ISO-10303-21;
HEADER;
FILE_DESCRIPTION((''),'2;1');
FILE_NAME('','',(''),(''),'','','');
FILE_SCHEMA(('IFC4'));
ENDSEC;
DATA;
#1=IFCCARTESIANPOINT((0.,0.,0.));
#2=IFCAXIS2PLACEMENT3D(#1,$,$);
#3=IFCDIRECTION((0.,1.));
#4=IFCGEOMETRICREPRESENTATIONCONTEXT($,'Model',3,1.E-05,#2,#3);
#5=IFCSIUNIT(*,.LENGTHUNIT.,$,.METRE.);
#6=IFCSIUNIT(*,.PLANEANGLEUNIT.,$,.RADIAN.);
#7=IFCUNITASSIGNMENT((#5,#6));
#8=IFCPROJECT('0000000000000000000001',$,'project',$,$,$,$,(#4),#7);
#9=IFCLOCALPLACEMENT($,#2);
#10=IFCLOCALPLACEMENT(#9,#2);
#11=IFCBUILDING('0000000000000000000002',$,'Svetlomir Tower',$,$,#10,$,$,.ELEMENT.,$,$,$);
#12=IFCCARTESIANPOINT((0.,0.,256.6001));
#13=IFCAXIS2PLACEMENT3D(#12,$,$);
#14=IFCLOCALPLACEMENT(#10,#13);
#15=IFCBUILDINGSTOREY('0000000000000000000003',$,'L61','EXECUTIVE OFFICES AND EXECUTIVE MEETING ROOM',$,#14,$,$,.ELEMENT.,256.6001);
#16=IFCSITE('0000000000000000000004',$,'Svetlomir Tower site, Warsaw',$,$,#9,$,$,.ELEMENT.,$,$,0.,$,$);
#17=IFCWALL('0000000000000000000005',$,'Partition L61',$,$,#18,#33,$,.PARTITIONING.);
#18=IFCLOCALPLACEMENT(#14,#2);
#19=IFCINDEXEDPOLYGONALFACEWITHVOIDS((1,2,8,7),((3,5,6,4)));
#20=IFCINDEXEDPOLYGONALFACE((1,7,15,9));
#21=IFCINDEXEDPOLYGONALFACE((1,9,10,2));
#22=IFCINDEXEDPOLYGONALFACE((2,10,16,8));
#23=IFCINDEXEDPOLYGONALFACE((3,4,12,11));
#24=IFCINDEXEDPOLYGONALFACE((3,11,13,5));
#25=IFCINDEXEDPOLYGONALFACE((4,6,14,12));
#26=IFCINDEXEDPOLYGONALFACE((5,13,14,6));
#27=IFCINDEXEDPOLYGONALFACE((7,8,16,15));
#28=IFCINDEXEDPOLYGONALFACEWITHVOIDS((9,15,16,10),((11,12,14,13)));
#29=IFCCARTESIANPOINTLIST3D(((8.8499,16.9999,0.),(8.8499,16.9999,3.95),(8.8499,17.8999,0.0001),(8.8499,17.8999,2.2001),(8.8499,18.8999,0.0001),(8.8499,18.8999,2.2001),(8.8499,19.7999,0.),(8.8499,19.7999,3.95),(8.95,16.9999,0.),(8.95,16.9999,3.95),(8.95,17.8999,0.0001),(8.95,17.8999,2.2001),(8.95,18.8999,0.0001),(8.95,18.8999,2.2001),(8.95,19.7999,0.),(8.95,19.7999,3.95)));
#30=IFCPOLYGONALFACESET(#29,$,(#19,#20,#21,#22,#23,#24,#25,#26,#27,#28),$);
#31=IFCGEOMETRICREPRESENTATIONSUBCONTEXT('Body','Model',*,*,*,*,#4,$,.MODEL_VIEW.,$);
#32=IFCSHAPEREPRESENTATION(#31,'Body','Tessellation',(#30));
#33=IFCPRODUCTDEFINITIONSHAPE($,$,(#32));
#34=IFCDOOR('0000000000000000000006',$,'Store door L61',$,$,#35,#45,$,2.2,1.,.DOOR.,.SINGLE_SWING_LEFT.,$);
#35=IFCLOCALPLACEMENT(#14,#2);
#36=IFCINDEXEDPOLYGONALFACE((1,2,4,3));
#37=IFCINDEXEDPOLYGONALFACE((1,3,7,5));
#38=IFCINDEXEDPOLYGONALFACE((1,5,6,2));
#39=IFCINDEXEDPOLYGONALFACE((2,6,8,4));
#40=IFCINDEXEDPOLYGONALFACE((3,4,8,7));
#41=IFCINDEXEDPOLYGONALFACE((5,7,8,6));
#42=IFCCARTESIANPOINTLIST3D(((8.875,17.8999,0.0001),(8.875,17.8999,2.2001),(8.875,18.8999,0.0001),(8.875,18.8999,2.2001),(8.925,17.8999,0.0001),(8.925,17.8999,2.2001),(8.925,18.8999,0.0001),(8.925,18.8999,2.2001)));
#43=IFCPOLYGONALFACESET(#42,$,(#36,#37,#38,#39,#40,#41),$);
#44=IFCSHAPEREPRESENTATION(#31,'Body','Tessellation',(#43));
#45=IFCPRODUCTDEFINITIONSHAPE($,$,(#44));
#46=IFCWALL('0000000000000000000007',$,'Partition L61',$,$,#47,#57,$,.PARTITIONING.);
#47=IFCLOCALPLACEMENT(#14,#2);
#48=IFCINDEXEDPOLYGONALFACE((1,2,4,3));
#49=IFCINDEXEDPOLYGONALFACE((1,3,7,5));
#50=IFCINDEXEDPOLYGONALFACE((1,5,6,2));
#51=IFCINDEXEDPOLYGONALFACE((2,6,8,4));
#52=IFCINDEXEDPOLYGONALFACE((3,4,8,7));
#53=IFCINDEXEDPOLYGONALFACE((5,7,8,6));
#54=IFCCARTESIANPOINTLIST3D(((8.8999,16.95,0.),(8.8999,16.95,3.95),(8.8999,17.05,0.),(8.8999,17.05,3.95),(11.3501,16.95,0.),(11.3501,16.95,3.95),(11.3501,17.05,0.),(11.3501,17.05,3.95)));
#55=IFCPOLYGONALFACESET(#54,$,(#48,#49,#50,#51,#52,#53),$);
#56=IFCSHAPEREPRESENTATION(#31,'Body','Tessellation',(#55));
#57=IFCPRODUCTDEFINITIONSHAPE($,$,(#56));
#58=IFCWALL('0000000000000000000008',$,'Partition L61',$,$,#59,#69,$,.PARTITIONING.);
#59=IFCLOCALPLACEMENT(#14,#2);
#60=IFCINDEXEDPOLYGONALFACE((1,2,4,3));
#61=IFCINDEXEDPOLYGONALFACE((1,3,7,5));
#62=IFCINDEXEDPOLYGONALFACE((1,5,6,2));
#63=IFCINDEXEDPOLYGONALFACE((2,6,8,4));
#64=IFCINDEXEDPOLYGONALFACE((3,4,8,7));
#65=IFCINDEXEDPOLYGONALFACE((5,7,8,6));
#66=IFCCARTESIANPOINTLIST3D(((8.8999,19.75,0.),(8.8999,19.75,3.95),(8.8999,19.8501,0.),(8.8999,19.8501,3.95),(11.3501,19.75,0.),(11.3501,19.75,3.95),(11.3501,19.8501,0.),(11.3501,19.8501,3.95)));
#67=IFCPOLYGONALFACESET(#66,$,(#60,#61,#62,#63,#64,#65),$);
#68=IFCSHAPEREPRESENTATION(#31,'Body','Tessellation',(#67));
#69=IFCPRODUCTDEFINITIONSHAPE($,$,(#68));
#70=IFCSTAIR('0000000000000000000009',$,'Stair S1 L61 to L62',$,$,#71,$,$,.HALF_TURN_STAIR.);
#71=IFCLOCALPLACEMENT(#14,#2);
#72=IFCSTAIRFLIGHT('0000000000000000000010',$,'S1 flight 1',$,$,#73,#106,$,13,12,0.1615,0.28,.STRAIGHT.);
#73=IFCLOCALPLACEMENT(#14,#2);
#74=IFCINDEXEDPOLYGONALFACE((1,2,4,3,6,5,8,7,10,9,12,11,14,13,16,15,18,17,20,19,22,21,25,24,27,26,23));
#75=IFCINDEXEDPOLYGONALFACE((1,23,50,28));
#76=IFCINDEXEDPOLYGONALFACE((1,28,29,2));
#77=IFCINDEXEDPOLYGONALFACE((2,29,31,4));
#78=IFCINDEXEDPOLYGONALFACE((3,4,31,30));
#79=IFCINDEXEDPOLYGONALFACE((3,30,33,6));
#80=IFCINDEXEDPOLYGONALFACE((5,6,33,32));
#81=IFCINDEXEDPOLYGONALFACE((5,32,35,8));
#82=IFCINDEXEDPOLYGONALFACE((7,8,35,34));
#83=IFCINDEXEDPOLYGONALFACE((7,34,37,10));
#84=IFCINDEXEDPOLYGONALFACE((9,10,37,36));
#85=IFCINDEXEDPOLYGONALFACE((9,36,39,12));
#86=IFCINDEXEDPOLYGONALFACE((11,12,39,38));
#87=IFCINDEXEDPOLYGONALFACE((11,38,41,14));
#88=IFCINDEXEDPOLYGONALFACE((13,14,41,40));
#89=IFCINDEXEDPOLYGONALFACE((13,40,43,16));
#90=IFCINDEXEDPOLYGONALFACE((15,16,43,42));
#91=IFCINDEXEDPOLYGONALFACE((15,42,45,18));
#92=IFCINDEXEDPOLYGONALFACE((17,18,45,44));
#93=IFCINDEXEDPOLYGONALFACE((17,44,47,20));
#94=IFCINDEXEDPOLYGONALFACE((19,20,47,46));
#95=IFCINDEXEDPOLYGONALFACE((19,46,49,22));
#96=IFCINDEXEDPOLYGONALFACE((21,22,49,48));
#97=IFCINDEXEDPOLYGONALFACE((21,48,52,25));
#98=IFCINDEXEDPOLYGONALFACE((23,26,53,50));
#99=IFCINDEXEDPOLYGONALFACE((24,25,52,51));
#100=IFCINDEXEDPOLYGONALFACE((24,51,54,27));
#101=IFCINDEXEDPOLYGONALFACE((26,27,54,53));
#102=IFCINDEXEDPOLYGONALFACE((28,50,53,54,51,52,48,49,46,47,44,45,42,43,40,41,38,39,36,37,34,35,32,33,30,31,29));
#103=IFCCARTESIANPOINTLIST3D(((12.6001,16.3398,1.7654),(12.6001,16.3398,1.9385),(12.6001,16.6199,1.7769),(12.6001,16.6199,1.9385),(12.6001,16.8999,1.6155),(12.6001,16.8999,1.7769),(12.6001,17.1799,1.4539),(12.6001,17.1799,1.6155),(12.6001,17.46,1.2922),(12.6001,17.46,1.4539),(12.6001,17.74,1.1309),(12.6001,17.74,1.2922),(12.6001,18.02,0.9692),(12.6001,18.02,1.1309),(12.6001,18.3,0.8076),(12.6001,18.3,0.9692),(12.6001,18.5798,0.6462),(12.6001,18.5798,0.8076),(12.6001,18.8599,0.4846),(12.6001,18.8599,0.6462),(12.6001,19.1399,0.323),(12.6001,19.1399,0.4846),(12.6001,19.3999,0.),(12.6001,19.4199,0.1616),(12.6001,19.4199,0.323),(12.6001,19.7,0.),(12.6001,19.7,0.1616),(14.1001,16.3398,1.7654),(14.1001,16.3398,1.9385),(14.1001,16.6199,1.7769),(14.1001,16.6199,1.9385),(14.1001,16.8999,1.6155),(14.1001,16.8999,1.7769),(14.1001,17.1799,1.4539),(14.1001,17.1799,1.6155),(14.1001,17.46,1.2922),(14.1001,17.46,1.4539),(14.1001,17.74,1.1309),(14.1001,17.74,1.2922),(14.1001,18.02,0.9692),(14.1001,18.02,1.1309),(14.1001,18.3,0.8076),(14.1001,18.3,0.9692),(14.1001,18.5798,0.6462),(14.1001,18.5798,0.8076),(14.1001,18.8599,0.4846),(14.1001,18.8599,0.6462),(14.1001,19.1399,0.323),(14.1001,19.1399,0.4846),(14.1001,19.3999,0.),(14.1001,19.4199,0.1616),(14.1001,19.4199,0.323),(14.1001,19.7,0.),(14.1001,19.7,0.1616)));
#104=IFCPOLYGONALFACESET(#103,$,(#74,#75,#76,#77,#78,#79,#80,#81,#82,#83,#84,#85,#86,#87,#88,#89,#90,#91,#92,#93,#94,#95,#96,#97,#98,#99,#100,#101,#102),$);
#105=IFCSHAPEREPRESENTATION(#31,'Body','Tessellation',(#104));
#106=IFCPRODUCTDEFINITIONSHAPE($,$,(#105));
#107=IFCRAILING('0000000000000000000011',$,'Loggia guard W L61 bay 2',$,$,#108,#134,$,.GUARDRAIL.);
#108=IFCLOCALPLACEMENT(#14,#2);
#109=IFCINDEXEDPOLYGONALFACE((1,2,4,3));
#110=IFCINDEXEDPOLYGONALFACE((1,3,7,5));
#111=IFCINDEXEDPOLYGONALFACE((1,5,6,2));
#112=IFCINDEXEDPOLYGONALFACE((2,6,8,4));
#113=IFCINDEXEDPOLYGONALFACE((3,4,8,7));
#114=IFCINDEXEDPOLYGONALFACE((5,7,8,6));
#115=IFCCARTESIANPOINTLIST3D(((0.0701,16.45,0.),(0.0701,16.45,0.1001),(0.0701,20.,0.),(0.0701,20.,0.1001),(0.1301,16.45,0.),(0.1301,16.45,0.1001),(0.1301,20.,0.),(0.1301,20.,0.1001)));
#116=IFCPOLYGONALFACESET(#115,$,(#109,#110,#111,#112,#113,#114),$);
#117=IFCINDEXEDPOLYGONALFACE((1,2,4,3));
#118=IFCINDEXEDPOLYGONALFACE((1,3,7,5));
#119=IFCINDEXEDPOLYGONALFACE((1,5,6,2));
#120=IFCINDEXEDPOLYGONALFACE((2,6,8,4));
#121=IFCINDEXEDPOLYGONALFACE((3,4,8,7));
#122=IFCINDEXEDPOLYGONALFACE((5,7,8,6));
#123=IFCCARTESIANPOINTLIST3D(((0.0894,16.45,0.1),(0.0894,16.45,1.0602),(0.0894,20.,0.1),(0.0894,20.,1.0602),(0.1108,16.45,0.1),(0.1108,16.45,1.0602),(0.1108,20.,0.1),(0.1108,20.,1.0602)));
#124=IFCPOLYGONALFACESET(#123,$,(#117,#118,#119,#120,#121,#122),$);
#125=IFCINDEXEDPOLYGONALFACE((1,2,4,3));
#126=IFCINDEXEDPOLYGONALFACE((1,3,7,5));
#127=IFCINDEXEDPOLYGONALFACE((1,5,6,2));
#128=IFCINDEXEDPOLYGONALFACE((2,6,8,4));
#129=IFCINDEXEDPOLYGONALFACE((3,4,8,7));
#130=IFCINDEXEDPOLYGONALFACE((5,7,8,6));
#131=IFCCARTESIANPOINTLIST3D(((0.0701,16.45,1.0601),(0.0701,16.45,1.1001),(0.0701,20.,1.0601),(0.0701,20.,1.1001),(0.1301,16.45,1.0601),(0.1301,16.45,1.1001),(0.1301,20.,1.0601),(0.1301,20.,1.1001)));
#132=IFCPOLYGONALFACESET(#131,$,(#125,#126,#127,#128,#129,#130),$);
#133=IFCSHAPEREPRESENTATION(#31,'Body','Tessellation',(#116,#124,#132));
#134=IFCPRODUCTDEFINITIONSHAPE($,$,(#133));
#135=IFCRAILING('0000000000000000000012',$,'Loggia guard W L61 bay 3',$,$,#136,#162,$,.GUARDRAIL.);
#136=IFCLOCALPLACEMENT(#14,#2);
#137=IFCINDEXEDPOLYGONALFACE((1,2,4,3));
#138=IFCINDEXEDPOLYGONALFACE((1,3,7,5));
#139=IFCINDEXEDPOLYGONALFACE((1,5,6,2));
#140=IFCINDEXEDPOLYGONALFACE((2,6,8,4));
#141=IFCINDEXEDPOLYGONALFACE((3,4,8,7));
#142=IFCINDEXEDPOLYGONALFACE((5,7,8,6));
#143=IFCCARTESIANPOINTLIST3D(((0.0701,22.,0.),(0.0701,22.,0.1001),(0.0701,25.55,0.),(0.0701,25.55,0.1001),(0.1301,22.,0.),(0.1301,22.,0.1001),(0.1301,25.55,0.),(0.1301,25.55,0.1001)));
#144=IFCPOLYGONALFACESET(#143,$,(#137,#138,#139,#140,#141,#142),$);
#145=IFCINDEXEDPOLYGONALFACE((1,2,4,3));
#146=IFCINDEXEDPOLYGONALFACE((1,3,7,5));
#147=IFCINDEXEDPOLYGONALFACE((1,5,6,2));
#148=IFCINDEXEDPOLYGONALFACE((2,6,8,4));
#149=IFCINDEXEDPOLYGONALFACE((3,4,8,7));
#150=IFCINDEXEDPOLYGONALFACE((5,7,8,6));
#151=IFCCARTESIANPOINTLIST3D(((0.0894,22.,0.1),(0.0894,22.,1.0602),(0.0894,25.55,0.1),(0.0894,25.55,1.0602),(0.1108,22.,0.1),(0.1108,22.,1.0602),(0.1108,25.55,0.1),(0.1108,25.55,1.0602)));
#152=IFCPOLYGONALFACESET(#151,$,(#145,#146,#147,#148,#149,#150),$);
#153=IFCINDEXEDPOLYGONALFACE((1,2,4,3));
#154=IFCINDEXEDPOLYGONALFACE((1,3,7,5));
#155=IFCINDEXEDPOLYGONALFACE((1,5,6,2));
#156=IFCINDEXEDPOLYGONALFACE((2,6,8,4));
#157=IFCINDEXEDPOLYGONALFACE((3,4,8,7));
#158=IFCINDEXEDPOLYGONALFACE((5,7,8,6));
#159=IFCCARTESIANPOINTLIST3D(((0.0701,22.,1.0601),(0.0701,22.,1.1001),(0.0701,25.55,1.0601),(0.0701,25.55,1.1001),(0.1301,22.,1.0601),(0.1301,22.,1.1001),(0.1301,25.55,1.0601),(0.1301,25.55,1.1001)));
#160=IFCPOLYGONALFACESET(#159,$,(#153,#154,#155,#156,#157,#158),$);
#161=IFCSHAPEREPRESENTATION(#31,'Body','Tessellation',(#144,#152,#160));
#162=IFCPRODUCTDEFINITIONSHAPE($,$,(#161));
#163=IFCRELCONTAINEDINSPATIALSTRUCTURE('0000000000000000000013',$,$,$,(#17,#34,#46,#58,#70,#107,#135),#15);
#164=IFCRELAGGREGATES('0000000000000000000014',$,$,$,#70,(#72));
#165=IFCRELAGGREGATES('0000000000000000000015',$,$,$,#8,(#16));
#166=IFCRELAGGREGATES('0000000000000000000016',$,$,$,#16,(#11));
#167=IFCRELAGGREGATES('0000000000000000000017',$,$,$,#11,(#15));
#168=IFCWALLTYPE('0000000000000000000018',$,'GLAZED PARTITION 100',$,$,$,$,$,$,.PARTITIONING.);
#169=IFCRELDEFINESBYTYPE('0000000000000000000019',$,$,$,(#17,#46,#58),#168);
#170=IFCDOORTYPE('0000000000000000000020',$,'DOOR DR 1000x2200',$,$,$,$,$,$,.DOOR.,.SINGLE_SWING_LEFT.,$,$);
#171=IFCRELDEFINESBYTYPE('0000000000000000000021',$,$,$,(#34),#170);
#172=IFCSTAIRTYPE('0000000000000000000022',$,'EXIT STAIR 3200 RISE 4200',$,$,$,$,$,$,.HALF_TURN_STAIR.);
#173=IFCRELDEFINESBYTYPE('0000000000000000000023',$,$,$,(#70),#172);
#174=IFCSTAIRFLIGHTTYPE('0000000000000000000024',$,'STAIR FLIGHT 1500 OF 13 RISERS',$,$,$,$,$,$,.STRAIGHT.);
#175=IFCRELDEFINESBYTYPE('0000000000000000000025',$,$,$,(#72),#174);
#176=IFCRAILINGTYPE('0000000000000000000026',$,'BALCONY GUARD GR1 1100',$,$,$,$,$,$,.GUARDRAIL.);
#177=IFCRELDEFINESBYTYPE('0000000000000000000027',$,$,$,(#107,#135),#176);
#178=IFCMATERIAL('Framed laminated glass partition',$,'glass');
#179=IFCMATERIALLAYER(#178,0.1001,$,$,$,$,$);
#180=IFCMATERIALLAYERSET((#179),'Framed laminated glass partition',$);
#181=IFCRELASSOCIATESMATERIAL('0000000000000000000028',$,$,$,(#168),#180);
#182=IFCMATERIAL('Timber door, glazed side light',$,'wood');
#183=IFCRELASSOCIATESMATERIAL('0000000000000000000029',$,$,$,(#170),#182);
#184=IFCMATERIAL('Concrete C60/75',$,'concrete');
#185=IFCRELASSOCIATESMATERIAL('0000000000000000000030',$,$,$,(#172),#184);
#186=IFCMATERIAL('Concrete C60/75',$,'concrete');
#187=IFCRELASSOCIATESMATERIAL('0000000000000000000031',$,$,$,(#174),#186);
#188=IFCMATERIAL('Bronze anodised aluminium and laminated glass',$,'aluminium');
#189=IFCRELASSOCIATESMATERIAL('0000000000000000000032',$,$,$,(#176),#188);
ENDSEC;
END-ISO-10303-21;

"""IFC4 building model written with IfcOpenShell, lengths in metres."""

from ifc_helpers import new_model, si_unit, direction, frame, frame_2d, origin, origin_2d, place, context, subcontext, project, spatial, polyline, rectangle, outline, extrude, material, layer, layer_set, type_object, element, fill, aggregate, save


model = new_model("IFC4")

# Units and contexts
model_context = context("Model", 3, precision=1e-05, world=origin(), true_north=direction((0.0, 1.0)))
body_context = subcontext(model_context, "Body", "Model", "MODEL_VIEW")
ifc_project = project(units=[si_unit("LENGTHUNIT", "METRE"), si_unit("PLANEANGLEUNIT", "RADIAN")], contexts=[model_context])

# Site, building, storey
site_placement = place(None, origin())
site = spatial("IfcSite", under=ifc_project, at=site_placement, Name="Svetlomir Tower site, Warsaw", CompositionType="ELEMENT", RefElevation=0.0)
building_placement = place(site_placement, origin())
building = spatial("IfcBuilding", under=site, at=building_placement, Name="Svetlomir Tower", CompositionType="ELEMENT")
storey_placement = place(building_placement, frame((0.0, 0.0, 256.6001)))
storey = spatial("IfcBuildingStorey", under=building, at=storey_placement, Name="L61", Description="EXECUTIVE OFFICES AND EXECUTIVE MEETING ROOM", CompositionType="ELEMENT", Elevation=256.6001)

# Shared definitions
ifc_material_1 = material(Name="Framed laminated glass partition", Category="glass")
ifc_layer_1 = layer(ifc_material_1, 0.1001)
ifc_layer_set_1 = layer_set([ifc_layer_1], Name="Framed laminated glass partition")
wall_type_1 = type_object("IfcWallType", Name="GLAZED PARTITION 100", PredefinedType="PARTITIONING", material=ifc_layer_set_1)

# Wall, opening, door
wall_1_placement = place(storey_placement, frame((8.8999, 17.0, 0.0), z_axis=(0.0, 0.0, 1.0), x_axis=(0.0, 1.0, 0.0)))
wall_1 = element("IfcWall", 1, at=wall_1_placement, inside=storey, type_object=wall_type_1, Name="Partition L61", PredefinedType="PARTITIONING", context=body_context, shape_type="SweptSolid", body=[
    extrude(rectangle(XDim=2.8, YDim=0.1001, at=frame_2d((1.3999, 0.0))), origin(), (0.0, 0.0, 1.0), 3.95),
])
opening_1_placement = place(wall_1_placement, frame((0.8999, 0.0, 0.0)))
opening_1 = element("IfcOpeningElement", 2, at=opening_1_placement, cuts=wall_1, PredefinedType="OPENING", context=body_context, shape_type="SweptSolid", body=[
    extrude(rectangle(XDim=1.0, YDim=2.2, at=frame_2d((0.5, 1.1001))), frame((0.0, 0.0601, 0.0), z_axis=(0.0, -1.0, 0.0), x_axis=(1.0, 0.0, 0.0)), (0.0, 0.0, 1.0), 0.1201),
])
ifc_material_2 = material(Name="Timber door, glazed side light", Category="wood")
door_type_1 = type_object("IfcDoorType", Name="DOOR DR 1000x2200", OperationType="SINGLE_SWING_LEFT", PredefinedType="DOOR", material=ifc_material_2)
door_1_placement = place(opening_1_placement, origin())
door_1 = element("IfcDoor", 3, at=door_1_placement, inside=storey, type_object=door_type_1, Name="Store door L61", OperationType="SINGLE_SWING_LEFT", OverallHeight=2.2, OverallWidth=1.0, PredefinedType="DOOR", context=body_context, shape_type="SweptSolid", body=[
    extrude(rectangle(XDim=1.0, YDim=2.2, at=frame_2d((0.5, 1.1001))), frame((0.0, 0.0249, 0.0), z_axis=(0.0, -1.0, 0.0), x_axis=(1.0, 0.0, 0.0)), (0.0, 0.0, 1.0), 0.05),
])
fill(opening_1, door_1)

# Walls
for number, where, z_axis, x_axis, name in (
    (4, (8.8999, 17.0, 0.0), (0.0, 0.0, 1.0), (1.0, 0.0, 0.0), "Partition L61"),
    (5, (8.8999, 19.8, 0.0), (0.0, 0.0, 1.0), (1.0, 0.0, 0.0), "Partition L61"),
):
    element("IfcWall", number, at=place(storey_placement, frame(where, z_axis=z_axis, x_axis=x_axis)), inside=storey, type_object=wall_type_1, Name=name, PredefinedType="PARTITIONING", context=body_context, shape_type="SweptSolid", body=[
        extrude(rectangle(XDim=2.4502, YDim=0.1001, at=frame_2d((1.2251, 0.0))), origin(), (0.0, 0.0, 1.0), 3.95),
    ])

# Stair, stair flight
ifc_material_3 = material(Name="Concrete C60/75", Category="concrete")
stair_type = type_object("IfcStairType", Name="EXIT STAIR 3200 RISE 4200", PredefinedType="HALF_TURN_STAIR", material=ifc_material_3)
stair_placement = place(storey_placement, origin())
stair = element("IfcStair", 6, at=stair_placement, inside=storey, type_object=stair_type, Name="Stair S1 L61 to L62", PredefinedType="HALF_TURN_STAIR")
ifc_material_4 = material(Name="Concrete C60/75", Category="concrete")
stair_flight_type = type_object("IfcStairFlightType", Name="STAIR FLIGHT 1500 OF 13 RISERS", PredefinedType="STRAIGHT", material=ifc_material_4)
stair_flight_placement = place(storey_placement, frame((13.3501, 19.7, 0.0), z_axis=(0.0, 0.0, 1.0), x_axis=(0.0, -1.0, 0.0)))
stair_flight = element("IfcStairFlight", 7, at=stair_flight_placement, type_object=stair_flight_type, Name="S1 flight 1", NumberOfRisers=13, NumberOfTreads=12, PredefinedType="STRAIGHT", RiserHeight=0.1615, TreadLength=0.28, context=body_context, shape_type="SweptSolid", body=[
    extrude(outline(polyline([(0.0, 0.0), (0.0, 0.1616), (0.28, 0.1616), (0.28, 0.323), (0.5601, 0.323), (0.5601, 0.4846), (0.8401, 0.4846), (0.8401, 0.6462), (1.1201, 0.6462), (1.1201, 0.8076), (1.3999, 0.8076), (1.3999, 0.9692), (1.6799, 0.9692), (1.6799, 1.1309), (1.96, 1.1309), (1.96, 1.2922), (2.24, 1.2922), (2.24, 1.4539), (2.52, 1.4539), (2.52, 1.6155), (2.8, 1.6155), (2.8, 1.7769), (3.0801, 1.7769), (3.0801, 1.9385), (3.3601, 1.9385), (3.3601, 2.1001), (3.3601, 1.7654), (0.3, 0.0), (0.0, 0.0)])), frame((0.0, 0.75, 0.0), z_axis=(0.0, -1.0, 0.0), x_axis=(1.0, 0.0, 0.0)), (0.0, 0.0, 1.0), 1.5),
])
aggregate(stair, [stair_flight])

# Railings
ifc_material_5 = material(Name="Bronze anodised aluminium and laminated glass", Category="aluminium")
railing_type_1 = type_object("IfcRailingType", Name="BALCONY GUARD GR1 1100", PredefinedType="GUARDRAIL", material=ifc_material_5)
for number, where, name in (
    (8, (0.1001, 16.45, 0.0), "Loggia guard W L61 bay 2"),
    (9, (0.1001, 22.0, 0.0), "Loggia guard W L61 bay 3"),
):
    element("IfcRailing", number, at=place(storey_placement, frame(where)), inside=storey, type_object=railing_type_1, Name=name, PredefinedType="GUARDRAIL", context=body_context, shape_type="SweptSolid", body=[
        extrude(rectangle(XDim=0.0601, YDim=0.1001, at=origin_2d()), frame((0.0, 0.0, 0.05), z_axis=(0.0, 1.0, 0.0), x_axis=(-1.0, 0.0, 0.0)), (0.0, 0.0, 1.0), 3.55),
        extrude(rectangle(XDim=0.0215, YDim=0.9602, at=origin_2d()), frame((0.0, 0.0, 0.5801), z_axis=(0.0, 1.0, 0.0), x_axis=(-1.0, 0.0, 0.0)), (0.0, 0.0, 1.0), 3.55),
        extrude(rectangle(XDim=0.0601, YDim=0.04, at=origin_2d()), frame((0.0, 0.0, 1.0801), z_axis=(0.0, 1.0, 0.0), x_axis=(-1.0, 0.0, 0.0)), (0.0, 0.0, 1.0), 3.55),
    ])

save(model, "model.ifc")
